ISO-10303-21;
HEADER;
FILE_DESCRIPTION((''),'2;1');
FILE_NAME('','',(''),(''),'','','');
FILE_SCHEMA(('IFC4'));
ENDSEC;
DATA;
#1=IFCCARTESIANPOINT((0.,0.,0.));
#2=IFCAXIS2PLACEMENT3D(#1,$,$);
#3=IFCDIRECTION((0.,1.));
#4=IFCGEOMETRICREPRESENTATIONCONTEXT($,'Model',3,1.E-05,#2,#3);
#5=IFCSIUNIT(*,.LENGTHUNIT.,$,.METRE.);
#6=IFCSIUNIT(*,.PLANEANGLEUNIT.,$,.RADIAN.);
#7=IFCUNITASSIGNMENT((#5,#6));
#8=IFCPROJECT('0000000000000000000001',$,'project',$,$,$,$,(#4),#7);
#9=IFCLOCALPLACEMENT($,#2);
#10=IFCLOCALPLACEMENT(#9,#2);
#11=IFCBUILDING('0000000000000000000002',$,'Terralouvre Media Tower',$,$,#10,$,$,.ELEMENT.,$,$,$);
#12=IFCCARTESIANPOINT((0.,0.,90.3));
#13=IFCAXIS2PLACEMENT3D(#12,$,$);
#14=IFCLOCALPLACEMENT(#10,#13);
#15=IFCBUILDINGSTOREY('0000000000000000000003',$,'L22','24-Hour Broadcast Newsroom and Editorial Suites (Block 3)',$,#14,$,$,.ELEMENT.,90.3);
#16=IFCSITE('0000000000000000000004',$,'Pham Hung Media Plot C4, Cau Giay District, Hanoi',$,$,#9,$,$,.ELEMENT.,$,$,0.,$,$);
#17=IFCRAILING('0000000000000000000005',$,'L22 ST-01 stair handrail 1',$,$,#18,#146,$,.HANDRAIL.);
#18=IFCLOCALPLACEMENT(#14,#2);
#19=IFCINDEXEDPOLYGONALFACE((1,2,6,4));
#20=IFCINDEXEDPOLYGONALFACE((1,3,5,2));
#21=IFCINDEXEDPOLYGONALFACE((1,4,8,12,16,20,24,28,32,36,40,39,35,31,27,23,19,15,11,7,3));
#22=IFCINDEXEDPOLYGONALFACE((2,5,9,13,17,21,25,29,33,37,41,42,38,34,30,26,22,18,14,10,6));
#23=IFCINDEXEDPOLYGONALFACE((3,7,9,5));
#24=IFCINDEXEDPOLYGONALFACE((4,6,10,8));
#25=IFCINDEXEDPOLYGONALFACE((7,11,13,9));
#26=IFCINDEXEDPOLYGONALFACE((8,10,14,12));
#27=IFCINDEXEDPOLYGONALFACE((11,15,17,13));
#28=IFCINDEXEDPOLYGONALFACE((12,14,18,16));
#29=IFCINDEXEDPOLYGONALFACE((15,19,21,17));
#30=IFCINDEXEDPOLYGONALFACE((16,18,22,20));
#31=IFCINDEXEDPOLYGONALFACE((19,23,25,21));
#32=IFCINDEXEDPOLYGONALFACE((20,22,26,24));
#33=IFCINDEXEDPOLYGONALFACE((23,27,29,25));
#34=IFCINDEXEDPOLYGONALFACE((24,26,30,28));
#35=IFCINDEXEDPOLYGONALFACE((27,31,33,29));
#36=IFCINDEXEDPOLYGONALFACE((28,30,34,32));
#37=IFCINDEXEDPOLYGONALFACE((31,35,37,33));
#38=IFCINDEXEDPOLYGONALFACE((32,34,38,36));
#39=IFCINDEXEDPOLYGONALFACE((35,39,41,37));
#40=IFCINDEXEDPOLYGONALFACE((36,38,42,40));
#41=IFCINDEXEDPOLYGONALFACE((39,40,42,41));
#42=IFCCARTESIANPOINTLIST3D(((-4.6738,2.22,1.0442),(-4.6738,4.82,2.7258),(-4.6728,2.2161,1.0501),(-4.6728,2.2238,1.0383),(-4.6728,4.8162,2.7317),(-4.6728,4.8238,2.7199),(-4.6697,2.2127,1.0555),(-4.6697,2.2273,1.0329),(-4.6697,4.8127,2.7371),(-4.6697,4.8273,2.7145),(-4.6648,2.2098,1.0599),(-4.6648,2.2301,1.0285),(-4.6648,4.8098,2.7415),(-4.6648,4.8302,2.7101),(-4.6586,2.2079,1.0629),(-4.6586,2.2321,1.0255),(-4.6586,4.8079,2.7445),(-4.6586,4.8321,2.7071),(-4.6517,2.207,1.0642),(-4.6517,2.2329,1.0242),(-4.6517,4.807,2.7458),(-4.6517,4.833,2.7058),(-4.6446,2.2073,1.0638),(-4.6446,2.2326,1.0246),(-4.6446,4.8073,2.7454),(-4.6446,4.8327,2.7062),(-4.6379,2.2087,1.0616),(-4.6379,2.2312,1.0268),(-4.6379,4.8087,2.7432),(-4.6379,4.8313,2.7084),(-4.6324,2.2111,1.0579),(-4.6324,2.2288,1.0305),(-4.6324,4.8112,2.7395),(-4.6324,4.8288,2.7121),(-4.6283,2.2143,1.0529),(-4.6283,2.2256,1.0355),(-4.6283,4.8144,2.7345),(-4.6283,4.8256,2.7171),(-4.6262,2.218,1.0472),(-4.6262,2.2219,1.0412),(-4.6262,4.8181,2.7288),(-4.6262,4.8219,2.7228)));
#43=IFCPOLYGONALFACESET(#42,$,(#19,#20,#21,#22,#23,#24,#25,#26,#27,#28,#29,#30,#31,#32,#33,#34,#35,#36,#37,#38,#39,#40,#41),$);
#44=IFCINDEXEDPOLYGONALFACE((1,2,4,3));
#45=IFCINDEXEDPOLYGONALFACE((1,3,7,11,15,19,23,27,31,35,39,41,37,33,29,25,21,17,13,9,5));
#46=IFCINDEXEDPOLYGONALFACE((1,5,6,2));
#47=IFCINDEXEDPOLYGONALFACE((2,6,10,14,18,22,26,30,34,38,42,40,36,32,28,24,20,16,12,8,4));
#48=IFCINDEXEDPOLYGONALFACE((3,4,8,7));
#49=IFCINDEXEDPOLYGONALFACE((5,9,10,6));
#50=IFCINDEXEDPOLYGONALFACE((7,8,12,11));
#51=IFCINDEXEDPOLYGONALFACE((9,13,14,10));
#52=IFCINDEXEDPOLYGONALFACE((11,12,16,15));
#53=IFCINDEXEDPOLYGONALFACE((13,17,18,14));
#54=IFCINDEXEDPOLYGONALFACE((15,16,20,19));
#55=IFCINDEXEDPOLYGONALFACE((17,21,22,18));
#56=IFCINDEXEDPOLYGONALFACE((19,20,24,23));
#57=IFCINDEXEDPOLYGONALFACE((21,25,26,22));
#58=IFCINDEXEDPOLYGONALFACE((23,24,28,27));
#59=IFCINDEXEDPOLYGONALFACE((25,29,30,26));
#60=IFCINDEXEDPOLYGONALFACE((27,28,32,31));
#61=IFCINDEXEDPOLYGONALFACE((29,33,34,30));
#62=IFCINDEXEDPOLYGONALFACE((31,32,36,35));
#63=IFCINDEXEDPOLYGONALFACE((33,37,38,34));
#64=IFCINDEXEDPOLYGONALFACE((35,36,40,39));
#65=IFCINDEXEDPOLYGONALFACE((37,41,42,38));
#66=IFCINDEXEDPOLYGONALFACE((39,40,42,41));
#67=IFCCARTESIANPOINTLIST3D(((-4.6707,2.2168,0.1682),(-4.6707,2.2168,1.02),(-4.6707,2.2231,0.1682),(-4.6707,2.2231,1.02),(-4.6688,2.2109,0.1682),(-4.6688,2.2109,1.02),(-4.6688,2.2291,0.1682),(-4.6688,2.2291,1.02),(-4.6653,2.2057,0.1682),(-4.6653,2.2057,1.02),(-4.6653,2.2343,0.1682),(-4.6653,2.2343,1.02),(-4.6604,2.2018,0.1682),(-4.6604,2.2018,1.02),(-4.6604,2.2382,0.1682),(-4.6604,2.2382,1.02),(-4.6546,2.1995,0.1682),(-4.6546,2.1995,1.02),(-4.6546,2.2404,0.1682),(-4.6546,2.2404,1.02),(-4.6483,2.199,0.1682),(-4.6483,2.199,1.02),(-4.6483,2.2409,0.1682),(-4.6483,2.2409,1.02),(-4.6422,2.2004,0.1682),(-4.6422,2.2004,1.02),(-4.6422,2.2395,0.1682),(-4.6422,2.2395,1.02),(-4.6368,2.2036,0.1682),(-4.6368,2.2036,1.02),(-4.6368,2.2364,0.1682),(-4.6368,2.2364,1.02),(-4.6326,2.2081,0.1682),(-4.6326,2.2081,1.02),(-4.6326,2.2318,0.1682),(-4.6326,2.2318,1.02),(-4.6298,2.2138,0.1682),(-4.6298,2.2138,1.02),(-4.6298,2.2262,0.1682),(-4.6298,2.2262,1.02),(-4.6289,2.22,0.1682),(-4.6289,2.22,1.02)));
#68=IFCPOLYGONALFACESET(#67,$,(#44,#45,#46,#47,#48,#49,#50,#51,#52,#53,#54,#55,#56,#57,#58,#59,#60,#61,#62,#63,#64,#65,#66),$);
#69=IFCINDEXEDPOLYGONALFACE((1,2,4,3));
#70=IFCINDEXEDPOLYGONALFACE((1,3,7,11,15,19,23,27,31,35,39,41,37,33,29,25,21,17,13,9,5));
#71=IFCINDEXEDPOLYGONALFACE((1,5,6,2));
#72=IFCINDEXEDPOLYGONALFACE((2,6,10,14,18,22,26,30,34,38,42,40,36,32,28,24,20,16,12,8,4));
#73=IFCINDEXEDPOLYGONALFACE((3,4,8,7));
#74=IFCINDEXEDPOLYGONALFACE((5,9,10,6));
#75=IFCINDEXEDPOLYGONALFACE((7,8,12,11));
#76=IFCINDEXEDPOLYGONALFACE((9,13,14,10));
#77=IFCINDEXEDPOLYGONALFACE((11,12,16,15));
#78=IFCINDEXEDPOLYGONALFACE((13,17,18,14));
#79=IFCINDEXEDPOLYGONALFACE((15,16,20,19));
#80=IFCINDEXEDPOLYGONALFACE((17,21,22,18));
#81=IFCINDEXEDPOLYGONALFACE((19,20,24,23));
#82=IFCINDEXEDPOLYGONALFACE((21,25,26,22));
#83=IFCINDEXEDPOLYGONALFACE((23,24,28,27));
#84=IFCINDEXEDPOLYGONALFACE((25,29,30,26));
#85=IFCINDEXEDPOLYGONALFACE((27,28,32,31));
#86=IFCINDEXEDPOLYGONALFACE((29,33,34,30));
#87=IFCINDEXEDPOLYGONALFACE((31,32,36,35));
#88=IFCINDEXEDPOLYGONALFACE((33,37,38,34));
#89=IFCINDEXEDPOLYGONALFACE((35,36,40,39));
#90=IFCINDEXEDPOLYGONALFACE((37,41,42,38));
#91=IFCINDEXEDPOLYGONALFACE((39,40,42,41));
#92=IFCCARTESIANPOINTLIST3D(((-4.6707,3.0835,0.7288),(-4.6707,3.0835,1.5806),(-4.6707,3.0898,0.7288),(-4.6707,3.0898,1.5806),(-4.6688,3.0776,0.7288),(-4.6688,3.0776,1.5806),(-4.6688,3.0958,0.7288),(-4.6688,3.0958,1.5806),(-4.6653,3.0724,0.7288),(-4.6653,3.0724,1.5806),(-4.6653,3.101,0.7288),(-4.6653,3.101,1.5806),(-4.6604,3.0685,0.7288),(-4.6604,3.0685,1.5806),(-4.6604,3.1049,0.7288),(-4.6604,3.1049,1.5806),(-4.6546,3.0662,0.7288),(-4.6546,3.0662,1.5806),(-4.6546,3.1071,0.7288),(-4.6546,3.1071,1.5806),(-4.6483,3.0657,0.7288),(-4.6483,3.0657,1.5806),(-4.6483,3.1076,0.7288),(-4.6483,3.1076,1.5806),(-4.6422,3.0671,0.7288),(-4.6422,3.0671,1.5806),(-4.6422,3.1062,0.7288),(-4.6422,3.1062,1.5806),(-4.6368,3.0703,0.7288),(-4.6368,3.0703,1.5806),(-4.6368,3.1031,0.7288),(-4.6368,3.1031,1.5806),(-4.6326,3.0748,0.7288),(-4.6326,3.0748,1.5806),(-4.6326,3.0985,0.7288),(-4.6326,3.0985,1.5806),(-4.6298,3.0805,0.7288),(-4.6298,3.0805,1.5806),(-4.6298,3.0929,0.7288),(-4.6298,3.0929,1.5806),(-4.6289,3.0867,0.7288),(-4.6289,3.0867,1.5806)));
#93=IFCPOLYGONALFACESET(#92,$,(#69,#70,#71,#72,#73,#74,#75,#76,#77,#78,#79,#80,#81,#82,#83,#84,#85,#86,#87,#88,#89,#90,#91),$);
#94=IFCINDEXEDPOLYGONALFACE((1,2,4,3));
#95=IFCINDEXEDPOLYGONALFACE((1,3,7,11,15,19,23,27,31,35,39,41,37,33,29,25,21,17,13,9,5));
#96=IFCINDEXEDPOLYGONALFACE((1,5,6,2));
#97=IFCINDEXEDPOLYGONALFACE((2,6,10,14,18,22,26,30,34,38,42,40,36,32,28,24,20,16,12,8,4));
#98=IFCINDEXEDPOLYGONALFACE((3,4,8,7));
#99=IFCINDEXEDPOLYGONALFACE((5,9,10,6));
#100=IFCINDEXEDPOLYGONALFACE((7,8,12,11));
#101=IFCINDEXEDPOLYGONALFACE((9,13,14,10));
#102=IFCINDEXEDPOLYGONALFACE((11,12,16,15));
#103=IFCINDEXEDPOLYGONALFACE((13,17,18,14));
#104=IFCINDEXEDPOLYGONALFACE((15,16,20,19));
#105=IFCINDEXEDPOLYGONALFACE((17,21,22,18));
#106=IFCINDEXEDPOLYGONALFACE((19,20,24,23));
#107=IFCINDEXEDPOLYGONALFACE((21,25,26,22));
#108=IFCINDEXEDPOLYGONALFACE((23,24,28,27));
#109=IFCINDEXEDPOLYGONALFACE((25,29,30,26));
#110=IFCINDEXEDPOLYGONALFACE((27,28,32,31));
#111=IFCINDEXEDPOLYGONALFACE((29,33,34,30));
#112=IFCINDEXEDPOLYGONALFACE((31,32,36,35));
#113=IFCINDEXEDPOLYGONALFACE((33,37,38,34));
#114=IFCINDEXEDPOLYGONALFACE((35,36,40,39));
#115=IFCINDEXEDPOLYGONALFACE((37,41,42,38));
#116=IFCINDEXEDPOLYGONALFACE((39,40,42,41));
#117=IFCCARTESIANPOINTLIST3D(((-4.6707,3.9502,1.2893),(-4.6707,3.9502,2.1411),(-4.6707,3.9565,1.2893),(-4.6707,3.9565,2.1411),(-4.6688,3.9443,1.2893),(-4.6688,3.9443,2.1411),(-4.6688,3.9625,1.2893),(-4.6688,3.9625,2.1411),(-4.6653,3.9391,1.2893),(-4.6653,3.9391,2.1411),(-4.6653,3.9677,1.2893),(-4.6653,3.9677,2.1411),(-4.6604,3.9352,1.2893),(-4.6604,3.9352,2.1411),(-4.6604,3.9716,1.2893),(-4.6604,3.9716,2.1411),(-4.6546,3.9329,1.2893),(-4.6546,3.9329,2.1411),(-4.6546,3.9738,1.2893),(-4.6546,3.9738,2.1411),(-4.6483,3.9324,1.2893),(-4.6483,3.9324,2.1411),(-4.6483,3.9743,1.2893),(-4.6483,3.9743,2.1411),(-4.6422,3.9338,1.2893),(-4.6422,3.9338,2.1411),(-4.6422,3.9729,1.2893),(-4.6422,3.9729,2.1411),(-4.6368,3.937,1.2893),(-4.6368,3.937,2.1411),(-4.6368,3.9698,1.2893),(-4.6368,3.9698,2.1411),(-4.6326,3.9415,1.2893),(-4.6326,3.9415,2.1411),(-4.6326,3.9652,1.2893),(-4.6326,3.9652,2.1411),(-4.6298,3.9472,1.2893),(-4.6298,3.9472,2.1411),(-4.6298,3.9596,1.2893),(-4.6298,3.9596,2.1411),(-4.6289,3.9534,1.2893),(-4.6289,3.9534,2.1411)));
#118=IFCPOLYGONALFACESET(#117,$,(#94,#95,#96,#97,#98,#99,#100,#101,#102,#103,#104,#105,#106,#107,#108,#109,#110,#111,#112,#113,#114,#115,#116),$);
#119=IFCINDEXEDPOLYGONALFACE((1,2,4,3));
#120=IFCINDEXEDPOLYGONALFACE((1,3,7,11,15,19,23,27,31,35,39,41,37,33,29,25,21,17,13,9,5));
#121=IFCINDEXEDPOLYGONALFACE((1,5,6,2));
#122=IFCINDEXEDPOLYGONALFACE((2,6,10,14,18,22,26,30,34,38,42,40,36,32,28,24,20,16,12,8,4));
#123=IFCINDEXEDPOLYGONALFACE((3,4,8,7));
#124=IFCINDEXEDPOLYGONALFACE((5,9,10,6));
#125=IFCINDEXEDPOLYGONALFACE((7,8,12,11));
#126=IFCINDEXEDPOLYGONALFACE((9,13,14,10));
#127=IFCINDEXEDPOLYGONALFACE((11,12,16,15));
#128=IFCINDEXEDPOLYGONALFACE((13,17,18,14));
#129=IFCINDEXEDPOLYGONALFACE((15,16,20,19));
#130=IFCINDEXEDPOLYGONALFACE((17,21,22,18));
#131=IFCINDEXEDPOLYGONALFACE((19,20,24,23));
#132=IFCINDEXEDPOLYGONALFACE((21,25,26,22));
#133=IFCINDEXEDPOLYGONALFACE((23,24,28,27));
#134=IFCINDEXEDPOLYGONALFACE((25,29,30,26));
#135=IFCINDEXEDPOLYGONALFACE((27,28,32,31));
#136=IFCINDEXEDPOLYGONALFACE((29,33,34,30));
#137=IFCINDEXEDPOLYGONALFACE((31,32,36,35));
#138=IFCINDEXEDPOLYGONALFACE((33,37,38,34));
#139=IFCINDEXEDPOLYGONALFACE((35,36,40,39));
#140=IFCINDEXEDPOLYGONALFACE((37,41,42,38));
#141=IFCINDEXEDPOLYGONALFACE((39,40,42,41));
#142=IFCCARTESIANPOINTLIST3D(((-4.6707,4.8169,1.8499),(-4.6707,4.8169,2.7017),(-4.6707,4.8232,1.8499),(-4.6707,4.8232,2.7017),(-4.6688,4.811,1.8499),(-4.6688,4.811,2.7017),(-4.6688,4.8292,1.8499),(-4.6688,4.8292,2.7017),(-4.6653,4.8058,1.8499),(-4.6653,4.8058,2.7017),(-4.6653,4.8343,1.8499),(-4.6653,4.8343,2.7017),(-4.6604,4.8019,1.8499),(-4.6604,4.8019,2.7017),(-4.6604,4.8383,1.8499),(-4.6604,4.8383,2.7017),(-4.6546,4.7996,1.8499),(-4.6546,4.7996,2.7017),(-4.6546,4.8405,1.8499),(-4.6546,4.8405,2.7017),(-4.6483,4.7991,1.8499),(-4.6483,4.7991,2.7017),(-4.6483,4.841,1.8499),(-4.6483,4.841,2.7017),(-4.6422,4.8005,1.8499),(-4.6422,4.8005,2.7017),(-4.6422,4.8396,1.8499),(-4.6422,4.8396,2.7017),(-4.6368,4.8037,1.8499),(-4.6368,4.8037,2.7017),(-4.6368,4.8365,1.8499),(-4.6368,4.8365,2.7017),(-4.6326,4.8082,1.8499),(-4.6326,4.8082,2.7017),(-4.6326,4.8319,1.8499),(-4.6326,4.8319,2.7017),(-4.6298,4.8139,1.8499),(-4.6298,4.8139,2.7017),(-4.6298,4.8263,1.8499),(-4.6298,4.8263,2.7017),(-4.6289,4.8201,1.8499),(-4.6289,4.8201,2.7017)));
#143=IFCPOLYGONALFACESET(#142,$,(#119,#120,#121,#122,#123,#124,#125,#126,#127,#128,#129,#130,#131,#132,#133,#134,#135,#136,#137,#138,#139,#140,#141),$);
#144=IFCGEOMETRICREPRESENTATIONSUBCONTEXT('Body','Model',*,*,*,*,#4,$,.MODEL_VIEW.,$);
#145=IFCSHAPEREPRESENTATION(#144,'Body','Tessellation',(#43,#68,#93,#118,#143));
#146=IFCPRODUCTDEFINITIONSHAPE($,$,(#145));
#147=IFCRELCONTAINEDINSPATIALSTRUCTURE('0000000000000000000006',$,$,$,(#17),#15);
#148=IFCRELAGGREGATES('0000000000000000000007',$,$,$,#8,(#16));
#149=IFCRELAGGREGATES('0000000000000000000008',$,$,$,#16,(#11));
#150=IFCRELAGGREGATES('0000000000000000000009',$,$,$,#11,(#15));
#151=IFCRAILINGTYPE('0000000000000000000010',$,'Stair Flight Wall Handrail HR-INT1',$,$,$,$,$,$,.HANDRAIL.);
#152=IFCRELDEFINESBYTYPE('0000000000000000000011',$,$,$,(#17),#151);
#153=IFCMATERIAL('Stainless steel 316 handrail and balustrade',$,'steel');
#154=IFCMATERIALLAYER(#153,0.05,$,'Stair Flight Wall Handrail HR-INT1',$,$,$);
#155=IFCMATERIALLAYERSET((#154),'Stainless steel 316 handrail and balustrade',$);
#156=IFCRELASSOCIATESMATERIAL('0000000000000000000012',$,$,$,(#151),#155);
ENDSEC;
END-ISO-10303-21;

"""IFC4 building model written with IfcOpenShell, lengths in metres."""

from ifc_helpers import new_model, si_unit, direction, frame, origin, origin_2d, place, context, subcontext, project, spatial, circle, extrude, material, layer, layer_set, type_object, element, save


model = new_model("IFC4")

# Units and contexts
model_context = context("Model", 3, precision=1e-05, world=origin(), true_north=direction((0.0, 1.0)))
body_context = subcontext(model_context, "Body", "Model", "MODEL_VIEW")
ifc_project = project(units=[si_unit("LENGTHUNIT", "METRE"), si_unit("PLANEANGLEUNIT", "RADIAN")], contexts=[model_context])

# Site, building, storey
site_placement = place(None, origin())
site = spatial("IfcSite", under=ifc_project, at=site_placement, Name="Pham Hung Media Plot C4, Cau Giay District, Hanoi", CompositionType="ELEMENT", RefElevation=0.0)
building_placement = place(site_placement, origin())
building = spatial("IfcBuilding", under=site, at=building_placement, Name="Terralouvre Media Tower", CompositionType="ELEMENT")
storey_placement = place(building_placement, frame((0.0, 0.0, 90.3)))
storey = spatial("IfcBuildingStorey", under=building, at=storey_placement, Name="L22", Description="24-Hour Broadcast Newsroom and Editorial Suites (Block 3)", CompositionType="ELEMENT", Elevation=90.3)

# Railing
ifc_material_1 = material(Name="Stainless steel 316 handrail and balustrade", Category="steel")
ifc_layer_1 = layer(ifc_material_1, 0.05, Name="Stair Flight Wall Handrail HR-INT1")
ifc_layer_set_1 = layer_set([ifc_layer_1], Name="Stainless steel 316 handrail and balustrade")
railing_type_1 = type_object("IfcRailingType", Name="Stair Flight Wall Handrail HR-INT1", PredefinedType="HANDRAIL", material=ifc_layer_set_1)
railing_1_placement = place(storey_placement, frame((-4.6499, 2.22, 0.1682)))
element("IfcRailing", 1, at=railing_1_placement, inside=storey, type_object=railing_type_1, Name="L22 ST-01 stair handrail 1", PredefinedType="HANDRAIL", context=body_context, shape_type="SweptSolid", body=[
    extrude(circle(Radius=0.0239, at=origin_2d()), frame((0.0, 0.0, 0.876), z_axis=(0.0, 0.839684, 0.543075), x_axis=(-1.0, 0.0, 0.0)), (0.0, 0.0, 1.0), 3.0964),
    extrude(circle(Radius=0.021, at=origin_2d()), origin(), (0.0, 0.0, 1.0), 0.8518),
    extrude(circle(Radius=0.021, at=origin_2d()), frame((0.0, 0.8667, 0.5605)), (0.0, 0.0, 1.0), 0.8518),
    extrude(circle(Radius=0.021, at=origin_2d()), frame((0.0, 1.7334, 1.1211)), (0.0, 0.0, 1.0), 0.8518),
    extrude(circle(Radius=0.021, at=origin_2d()), frame((0.0, 2.6001, 1.6816)), (0.0, 0.0, 1.0), 0.8518),
])

save(model, "model.ifc")
